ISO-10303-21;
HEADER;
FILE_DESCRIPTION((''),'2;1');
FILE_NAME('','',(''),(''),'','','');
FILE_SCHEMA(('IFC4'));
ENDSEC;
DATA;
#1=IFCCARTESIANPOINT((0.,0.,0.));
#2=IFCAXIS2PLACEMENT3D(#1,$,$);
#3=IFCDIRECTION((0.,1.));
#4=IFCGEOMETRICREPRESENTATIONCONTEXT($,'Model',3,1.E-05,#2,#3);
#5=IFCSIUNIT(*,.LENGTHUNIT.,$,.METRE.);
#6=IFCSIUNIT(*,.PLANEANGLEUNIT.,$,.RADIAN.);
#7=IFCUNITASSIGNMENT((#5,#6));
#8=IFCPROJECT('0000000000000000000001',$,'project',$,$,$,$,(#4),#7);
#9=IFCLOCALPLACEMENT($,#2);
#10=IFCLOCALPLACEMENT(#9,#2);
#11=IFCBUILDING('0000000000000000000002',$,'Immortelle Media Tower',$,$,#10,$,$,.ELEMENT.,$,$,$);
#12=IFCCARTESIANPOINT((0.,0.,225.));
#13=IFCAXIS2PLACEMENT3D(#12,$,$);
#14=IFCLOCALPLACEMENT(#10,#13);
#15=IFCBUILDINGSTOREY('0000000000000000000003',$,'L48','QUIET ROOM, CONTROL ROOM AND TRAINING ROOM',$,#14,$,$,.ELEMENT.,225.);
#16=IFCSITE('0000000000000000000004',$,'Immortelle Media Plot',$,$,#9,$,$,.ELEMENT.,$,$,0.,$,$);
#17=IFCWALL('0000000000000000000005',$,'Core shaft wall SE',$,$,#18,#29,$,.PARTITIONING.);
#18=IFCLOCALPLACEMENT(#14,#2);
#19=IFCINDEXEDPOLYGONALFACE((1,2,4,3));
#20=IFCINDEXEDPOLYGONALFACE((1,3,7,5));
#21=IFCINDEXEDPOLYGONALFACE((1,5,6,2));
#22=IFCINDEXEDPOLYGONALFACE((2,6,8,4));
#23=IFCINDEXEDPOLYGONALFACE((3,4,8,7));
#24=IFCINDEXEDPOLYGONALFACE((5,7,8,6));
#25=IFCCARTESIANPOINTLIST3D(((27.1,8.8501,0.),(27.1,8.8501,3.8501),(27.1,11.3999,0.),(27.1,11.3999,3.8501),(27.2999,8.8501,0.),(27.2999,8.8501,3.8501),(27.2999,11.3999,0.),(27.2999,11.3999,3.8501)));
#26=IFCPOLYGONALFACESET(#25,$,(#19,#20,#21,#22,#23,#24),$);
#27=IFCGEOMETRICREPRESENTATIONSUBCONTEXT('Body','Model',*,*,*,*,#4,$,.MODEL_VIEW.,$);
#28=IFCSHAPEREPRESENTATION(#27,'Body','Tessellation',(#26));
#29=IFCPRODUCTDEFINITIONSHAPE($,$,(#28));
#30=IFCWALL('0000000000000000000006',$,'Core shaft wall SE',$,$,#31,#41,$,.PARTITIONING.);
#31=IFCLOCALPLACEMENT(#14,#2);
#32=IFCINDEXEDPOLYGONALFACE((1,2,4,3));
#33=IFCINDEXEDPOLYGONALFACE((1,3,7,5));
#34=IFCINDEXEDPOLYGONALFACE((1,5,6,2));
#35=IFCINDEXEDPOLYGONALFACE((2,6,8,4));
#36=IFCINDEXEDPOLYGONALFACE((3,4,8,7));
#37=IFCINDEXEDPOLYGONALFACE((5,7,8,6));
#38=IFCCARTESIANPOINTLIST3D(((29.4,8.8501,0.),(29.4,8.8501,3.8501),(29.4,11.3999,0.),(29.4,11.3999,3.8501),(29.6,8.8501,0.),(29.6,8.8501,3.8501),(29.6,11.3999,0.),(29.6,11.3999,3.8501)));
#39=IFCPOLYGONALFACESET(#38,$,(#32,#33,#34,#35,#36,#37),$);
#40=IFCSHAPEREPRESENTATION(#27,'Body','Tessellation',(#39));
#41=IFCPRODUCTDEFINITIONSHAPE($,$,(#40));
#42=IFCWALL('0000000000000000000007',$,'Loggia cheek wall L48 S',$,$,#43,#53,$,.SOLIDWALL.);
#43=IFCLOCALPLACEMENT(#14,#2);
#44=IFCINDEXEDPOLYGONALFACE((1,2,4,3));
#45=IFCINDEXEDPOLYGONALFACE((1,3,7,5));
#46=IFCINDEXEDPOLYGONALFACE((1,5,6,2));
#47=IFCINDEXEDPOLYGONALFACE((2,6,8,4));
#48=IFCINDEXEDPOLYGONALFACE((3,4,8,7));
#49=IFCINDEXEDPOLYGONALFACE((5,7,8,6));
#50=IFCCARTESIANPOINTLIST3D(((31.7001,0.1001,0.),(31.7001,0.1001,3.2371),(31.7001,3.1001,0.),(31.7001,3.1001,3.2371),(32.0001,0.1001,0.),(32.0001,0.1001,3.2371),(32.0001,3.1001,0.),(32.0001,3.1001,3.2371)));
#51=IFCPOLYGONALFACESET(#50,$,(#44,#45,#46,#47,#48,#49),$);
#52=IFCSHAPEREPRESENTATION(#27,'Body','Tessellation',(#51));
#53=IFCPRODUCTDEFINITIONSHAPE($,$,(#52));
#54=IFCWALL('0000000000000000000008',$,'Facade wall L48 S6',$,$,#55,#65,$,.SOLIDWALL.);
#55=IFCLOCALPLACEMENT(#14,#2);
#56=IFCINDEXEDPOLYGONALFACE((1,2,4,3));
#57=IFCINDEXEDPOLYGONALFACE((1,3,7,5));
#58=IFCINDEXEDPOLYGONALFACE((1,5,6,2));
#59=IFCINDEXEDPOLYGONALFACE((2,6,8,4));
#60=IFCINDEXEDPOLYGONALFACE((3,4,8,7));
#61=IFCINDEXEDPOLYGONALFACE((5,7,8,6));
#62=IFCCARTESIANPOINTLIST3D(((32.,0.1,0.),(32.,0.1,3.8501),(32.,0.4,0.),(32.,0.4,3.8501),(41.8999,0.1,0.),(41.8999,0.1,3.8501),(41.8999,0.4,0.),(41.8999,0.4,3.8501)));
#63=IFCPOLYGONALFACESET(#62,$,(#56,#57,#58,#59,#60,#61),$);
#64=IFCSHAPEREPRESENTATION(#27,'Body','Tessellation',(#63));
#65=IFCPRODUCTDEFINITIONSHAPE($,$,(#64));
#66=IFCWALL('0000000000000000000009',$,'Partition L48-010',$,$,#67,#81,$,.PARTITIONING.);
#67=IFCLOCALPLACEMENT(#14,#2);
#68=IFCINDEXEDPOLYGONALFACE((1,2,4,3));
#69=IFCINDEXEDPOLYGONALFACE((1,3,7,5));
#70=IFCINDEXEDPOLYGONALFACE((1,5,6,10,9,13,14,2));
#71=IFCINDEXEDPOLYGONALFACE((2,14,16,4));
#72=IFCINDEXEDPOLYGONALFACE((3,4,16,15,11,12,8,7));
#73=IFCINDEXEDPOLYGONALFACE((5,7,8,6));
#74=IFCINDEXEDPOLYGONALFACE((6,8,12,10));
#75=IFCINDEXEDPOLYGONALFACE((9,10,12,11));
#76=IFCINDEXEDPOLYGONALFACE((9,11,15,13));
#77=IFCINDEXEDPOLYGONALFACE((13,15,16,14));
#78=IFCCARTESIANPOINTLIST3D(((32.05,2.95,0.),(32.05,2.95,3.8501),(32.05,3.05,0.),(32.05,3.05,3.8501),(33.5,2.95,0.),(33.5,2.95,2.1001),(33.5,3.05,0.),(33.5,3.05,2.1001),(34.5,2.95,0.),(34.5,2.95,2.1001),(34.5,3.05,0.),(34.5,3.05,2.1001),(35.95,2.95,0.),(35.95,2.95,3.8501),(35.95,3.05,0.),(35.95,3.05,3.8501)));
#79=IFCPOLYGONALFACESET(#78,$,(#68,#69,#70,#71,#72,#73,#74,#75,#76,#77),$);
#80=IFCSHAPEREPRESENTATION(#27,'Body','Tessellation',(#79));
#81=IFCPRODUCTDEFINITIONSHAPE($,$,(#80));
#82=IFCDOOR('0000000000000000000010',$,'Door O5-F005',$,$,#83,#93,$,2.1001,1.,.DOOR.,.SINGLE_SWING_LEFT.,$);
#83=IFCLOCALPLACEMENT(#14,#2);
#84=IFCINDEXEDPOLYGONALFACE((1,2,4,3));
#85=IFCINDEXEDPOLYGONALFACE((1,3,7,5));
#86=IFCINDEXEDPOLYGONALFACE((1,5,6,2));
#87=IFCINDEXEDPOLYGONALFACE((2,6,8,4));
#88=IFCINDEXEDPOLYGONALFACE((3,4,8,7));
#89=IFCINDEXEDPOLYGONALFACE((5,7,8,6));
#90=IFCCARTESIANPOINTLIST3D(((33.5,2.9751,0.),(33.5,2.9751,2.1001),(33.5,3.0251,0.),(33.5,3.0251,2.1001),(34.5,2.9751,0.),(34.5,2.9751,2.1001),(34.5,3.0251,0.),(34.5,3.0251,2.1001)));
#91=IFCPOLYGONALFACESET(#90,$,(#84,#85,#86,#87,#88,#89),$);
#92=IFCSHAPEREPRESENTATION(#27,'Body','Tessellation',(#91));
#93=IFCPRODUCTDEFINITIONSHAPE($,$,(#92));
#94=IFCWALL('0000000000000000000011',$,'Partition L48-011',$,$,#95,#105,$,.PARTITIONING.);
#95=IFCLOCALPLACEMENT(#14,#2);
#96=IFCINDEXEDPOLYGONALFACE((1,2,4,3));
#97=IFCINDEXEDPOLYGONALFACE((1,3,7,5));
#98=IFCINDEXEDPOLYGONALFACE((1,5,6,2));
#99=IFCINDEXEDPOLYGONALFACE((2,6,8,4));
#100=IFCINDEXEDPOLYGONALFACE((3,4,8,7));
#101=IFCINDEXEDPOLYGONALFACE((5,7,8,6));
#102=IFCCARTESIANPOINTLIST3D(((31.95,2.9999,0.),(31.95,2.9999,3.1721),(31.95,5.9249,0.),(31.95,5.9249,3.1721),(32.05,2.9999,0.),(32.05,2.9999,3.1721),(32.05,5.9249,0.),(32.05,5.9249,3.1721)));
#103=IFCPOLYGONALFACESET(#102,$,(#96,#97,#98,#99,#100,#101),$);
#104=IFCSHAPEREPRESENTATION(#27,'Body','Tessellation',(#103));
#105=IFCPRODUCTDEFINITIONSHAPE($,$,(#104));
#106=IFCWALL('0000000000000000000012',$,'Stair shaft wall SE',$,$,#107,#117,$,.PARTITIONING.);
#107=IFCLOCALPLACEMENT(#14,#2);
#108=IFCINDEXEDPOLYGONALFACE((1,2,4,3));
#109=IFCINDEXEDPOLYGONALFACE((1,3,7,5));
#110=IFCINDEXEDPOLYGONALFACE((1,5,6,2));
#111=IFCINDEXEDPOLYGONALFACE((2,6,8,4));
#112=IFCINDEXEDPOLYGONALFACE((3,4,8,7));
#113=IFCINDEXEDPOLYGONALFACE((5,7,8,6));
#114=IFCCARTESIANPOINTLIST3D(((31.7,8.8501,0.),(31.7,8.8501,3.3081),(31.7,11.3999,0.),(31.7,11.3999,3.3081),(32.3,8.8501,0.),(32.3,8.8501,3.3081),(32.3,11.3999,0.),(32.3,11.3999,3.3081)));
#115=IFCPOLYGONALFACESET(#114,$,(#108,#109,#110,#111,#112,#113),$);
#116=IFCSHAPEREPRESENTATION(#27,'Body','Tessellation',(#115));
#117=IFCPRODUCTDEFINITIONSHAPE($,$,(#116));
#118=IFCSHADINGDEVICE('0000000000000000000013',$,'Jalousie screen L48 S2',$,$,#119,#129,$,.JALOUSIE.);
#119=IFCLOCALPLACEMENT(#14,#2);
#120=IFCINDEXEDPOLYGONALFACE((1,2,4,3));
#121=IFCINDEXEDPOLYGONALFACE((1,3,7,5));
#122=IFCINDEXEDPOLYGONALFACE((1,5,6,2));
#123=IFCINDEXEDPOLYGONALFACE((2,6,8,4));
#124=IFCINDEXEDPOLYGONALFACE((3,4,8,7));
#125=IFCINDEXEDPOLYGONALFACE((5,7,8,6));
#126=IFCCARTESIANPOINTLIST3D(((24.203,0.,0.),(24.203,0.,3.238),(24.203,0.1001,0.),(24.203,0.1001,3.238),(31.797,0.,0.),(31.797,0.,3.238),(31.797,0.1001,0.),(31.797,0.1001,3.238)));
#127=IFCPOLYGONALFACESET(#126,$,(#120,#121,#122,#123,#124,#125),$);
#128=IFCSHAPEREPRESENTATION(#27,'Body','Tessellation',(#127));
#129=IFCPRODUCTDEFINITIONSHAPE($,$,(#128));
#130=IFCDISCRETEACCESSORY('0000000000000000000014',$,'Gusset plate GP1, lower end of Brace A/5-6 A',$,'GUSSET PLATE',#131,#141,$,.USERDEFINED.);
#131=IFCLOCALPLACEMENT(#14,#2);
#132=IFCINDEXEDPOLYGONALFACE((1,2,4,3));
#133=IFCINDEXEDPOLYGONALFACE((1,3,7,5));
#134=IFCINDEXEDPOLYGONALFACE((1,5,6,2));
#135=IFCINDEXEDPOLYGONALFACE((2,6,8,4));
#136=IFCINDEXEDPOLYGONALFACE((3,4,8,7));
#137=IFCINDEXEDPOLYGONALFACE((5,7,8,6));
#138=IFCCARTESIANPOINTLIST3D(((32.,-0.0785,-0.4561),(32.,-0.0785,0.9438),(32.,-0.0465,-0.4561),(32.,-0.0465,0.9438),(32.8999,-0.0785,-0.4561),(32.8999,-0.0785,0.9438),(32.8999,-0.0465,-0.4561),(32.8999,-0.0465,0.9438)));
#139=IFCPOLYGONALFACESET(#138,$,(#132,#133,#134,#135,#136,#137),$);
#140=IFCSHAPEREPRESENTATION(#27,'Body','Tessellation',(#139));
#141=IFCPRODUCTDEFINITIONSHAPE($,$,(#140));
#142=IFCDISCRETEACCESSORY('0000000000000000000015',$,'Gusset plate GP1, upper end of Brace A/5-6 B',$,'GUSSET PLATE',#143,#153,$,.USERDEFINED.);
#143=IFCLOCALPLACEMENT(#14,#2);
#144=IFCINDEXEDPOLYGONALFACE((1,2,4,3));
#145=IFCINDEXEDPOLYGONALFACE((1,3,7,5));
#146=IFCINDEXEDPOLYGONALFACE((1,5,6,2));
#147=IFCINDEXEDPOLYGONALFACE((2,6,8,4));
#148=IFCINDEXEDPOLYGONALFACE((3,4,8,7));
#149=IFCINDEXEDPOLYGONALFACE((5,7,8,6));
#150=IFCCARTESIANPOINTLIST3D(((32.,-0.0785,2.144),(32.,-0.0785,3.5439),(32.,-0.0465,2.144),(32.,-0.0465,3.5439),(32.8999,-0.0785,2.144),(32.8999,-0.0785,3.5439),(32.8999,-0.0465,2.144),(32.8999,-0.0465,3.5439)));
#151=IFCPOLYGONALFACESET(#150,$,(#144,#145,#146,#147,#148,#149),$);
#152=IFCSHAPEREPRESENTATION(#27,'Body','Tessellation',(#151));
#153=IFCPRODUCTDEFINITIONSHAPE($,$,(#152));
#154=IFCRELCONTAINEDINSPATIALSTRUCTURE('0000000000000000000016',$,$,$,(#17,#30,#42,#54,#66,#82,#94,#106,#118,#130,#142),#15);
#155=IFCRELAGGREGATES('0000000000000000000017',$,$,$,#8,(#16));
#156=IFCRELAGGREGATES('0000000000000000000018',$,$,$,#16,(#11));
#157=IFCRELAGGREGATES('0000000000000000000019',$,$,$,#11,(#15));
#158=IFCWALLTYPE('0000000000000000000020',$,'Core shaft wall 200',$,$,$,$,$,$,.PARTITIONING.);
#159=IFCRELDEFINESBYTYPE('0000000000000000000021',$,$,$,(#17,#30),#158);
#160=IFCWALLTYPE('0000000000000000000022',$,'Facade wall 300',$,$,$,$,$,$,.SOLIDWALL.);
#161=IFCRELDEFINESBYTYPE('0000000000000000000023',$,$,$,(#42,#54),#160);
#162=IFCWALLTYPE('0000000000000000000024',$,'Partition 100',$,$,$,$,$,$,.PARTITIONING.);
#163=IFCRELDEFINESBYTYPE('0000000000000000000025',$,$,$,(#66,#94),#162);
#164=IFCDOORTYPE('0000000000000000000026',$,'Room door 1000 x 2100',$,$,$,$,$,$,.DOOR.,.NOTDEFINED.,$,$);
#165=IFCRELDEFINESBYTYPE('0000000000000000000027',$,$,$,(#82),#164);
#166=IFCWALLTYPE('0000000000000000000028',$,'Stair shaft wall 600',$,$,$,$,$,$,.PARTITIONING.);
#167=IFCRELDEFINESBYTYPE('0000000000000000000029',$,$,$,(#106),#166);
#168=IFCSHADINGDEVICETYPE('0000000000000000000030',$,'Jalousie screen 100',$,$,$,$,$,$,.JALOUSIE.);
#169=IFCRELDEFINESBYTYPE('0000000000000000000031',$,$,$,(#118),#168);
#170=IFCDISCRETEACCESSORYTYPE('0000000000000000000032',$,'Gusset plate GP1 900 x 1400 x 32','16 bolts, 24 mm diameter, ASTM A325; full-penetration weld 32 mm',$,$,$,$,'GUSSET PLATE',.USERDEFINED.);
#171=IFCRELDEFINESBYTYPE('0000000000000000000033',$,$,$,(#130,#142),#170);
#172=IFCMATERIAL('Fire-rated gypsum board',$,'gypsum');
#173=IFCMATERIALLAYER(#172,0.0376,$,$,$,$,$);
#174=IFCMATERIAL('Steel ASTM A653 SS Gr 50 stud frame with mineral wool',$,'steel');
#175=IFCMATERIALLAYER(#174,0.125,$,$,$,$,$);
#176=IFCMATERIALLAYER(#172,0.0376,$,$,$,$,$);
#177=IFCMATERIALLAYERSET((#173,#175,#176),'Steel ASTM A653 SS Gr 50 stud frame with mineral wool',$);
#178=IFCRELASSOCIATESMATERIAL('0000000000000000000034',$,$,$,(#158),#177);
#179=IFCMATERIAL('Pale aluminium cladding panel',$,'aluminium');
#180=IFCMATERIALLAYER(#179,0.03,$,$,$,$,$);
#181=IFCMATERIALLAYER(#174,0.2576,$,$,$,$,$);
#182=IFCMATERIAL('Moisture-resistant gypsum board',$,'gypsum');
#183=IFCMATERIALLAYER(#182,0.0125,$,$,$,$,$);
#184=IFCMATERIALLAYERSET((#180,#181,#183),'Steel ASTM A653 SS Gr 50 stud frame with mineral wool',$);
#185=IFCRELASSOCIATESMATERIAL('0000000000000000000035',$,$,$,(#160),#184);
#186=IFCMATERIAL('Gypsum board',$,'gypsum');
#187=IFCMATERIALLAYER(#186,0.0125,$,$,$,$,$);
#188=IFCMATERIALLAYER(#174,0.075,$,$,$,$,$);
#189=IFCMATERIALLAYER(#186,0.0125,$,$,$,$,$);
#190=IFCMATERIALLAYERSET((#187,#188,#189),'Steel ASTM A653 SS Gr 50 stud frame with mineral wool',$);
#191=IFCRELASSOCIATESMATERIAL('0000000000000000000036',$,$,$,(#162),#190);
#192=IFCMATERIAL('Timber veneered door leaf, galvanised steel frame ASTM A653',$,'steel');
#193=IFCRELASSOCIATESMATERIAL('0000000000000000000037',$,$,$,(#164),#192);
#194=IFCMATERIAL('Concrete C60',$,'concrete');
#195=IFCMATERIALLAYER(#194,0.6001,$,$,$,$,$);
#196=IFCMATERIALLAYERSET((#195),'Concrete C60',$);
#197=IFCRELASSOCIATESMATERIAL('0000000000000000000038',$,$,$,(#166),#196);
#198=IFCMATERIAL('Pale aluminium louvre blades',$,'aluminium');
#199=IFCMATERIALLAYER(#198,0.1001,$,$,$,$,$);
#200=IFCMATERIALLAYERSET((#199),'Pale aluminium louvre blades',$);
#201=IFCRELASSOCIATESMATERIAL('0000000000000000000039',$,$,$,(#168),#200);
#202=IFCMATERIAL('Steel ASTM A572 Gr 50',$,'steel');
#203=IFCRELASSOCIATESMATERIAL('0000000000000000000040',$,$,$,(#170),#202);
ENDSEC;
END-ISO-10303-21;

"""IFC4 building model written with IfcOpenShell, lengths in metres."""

from ifc_helpers import new_model, si_unit, direction, frame, frame_2d, origin, origin_2d, place, context, subcontext, project, spatial, rectangle, extrude, material, layer, layer_set, material_profile, profile_set, type_object, element, fill, save


model = new_model("IFC4")

# Units and contexts
model_context = context("Model", 3, precision=1e-05, world=origin(), true_north=direction((0.0, 1.0)))
body_context = subcontext(model_context, "Body", "Model", "MODEL_VIEW")
ifc_project = project(units=[si_unit("LENGTHUNIT", "METRE"), si_unit("PLANEANGLEUNIT", "RADIAN")], contexts=[model_context])

# Site, building, storey
site_placement = place(None, origin())
site = spatial("IfcSite", under=ifc_project, at=site_placement, Name="Immortelle Media Plot", CompositionType="ELEMENT", RefElevation=0.0)
building_placement = place(site_placement, origin())
building = spatial("IfcBuilding", under=site, at=building_placement, Name="Immortelle Media Tower", CompositionType="ELEMENT")
storey_placement = place(building_placement, frame((0.0, 0.0, 225.0)))
storey = spatial("IfcBuildingStorey", under=building, at=storey_placement, Name="L48", Description="QUIET ROOM, CONTROL ROOM AND TRAINING ROOM", CompositionType="ELEMENT", Elevation=225.0)

# Walls
ifc_material_1 = material(Name="Fire-rated gypsum board", Category="gypsum")
ifc_layer_1 = layer(ifc_material_1, 0.0376)
ifc_material_2 = material(Name="Steel ASTM A653 SS Gr 50 stud frame with mineral wool", Category="steel")
ifc_layer_2 = layer(ifc_material_2, 0.125)
ifc_layer_3 = layer(ifc_material_1, 0.0376)
ifc_layer_set_1 = layer_set([ifc_layer_1, ifc_layer_2, ifc_layer_3], Name="Steel ASTM A653 SS Gr 50 stud frame with mineral wool")
wall_type_1 = type_object("IfcWallType", Name="Core shaft wall 200", PredefinedType="PARTITIONING", material=ifc_layer_set_1)
for number, where, z_axis, x_axis, name in (
    (1, (27.2, 8.8501, 0.0), (0.0, 0.0, 1.0), (0.0, 1.0, 0.0), "Core shaft wall SE"),
    (2, (29.5, 8.8501, 0.0), (0.0, 0.0, 1.0), (0.0, 1.0, 0.0), "Core shaft wall SE"),
):
    element("IfcWall", number, at=place(storey_placement, frame(where, z_axis=z_axis, x_axis=x_axis)), inside=storey, type_object=wall_type_1, Name=name, PredefinedType="PARTITIONING", context=body_context, shape_type="SweptSolid", body=[
        extrude(rectangle(XDim=2.5498, YDim=0.2, at=frame_2d((1.2749, 0.0))), origin(), (0.0, 0.0, 1.0), 3.8501),
    ])
ifc_material_3 = material(Name="Pale aluminium cladding panel", Category="aluminium")
ifc_layer_4 = layer(ifc_material_3, 0.03)
ifc_layer_5 = layer(ifc_material_2, 0.2576)
ifc_material_4 = material(Name="Moisture-resistant gypsum board", Category="gypsum")
ifc_layer_6 = layer(ifc_material_4, 0.0125)
ifc_layer_set_2 = layer_set([ifc_layer_4, ifc_layer_5, ifc_layer_6], Name="Steel ASTM A653 SS Gr 50 stud frame with mineral wool")
wall_type_2 = type_object("IfcWallType", Name="Facade wall 300", PredefinedType="SOLIDWALL", material=ifc_layer_set_2)
wall_1_placement = place(storey_placement, frame((31.8501, 0.1001, 0.0), z_axis=(0.0, 0.0, 1.0), x_axis=(0.0, 1.0, 0.0)))
element("IfcWall", 3, at=wall_1_placement, inside=storey, type_object=wall_type_2, Name="Loggia cheek wall L48 S", PredefinedType="SOLIDWALL", context=body_context, shape_type="SweptSolid", body=[
    extrude(rectangle(XDim=3.0, YDim=0.3, at=frame_2d((1.5, 0.0))), origin(), (0.0, 0.0, 1.0), 3.2371),
])
wall_2_placement = place(storey_placement, frame((32.0, 0.25, 0.0), z_axis=(0.0, 0.0, 1.0), x_axis=(1.0, 0.0, 0.0)))
element("IfcWall", 4, at=wall_2_placement, inside=storey, type_object=wall_type_2, Name="Facade wall L48 S6", PredefinedType="SOLIDWALL", context=body_context, shape_type="SweptSolid", body=[
    extrude(rectangle(XDim=9.8999, YDim=0.3, at=frame_2d((4.95, 0.0))), origin(), (0.0, 0.0, 1.0), 3.8501),
])

# Wall, opening, door
ifc_material_5 = material(Name="Gypsum board", Category="gypsum")
ifc_layer_7 = layer(ifc_material_5, 0.0125)
ifc_layer_8 = layer(ifc_material_2, 0.075)
ifc_layer_9 = layer(ifc_material_5, 0.0125)
ifc_layer_set_3 = layer_set([ifc_layer_7, ifc_layer_8, ifc_layer_9], Name="Steel ASTM A653 SS Gr 50 stud frame with mineral wool")
wall_type_3 = type_object("IfcWallType", Name="Partition 100", PredefinedType="PARTITIONING", material=ifc_layer_set_3)
wall_3_placement = place(storey_placement, frame((32.05, 3.0, 0.0), z_axis=(0.0, 0.0, 1.0), x_axis=(1.0, 0.0, 0.0)))
wall_3 = element("IfcWall", 5, at=wall_3_placement, inside=storey, type_object=wall_type_3, Name="Partition L48-010", PredefinedType="PARTITIONING", context=body_context, shape_type="SweptSolid", body=[
    extrude(rectangle(XDim=3.8999, YDim=0.1001, at=frame_2d((1.95, 0.0))), origin(), (0.0, 0.0, 1.0), 3.8501),
])
opening_placement = place(wall_3_placement, frame((2.45, 0.0, 0.0), z_axis=(0.0, 0.0, 1.0), x_axis=(-1.0, 0.0, 0.0)))
opening = element("IfcOpeningElement", 6, at=opening_placement, cuts=wall_3, PredefinedType="OPENING", context=body_context, shape_type="SweptSolid", body=[
    extrude(rectangle(XDim=1.0, YDim=2.1001, at=frame_2d((0.5, 1.05))), frame((0.0, 0.0601, 0.0), z_axis=(0.0, -1.0, 0.0), x_axis=(1.0, 0.0, 0.0)), (0.0, 0.0, 1.0), 0.1201),
])
ifc_material_6 = material(Name="Timber veneered door leaf, galvanised steel frame ASTM A653", Category="steel")
door_type = type_object("IfcDoorType", Name="Room door 1000 x 2100", OperationType="NOTDEFINED", PredefinedType="DOOR", material=ifc_material_6)
door_placement = place(opening_placement, origin())
door = element("IfcDoor", 7, at=door_placement, inside=storey, type_object=door_type, Name="Door O5-F005", OperationType="SINGLE_SWING_LEFT", OverallHeight=2.1001, OverallWidth=1.0, PredefinedType="DOOR", context=body_context, shape_type="SweptSolid", body=[
    extrude(rectangle(XDim=1.0, YDim=2.1001, at=frame_2d((0.5, 1.05))), frame((0.0, 0.0249, 0.0), z_axis=(0.0, -1.0, 0.0), x_axis=(1.0, 0.0, 0.0)), (0.0, 0.0, 1.0), 0.05),
])
fill(opening, door)

# Walls
wall_4_placement = place(storey_placement, frame((32.0, 3.0, 0.0), z_axis=(0.0, 0.0, 1.0), x_axis=(0.0, 1.0, 0.0)))
element("IfcWall", 8, at=wall_4_placement, inside=storey, type_object=wall_type_3, Name="Partition L48-011", PredefinedType="PARTITIONING", context=body_context, shape_type="SweptSolid", body=[
    extrude(rectangle(XDim=2.925, YDim=0.1001, at=frame_2d((1.4624, 0.0))), origin(), (0.0, 0.0, 1.0), 3.1721),
])
ifc_material_7 = material(Name="Concrete C60", Category="concrete")
ifc_layer_10 = layer(ifc_material_7, 0.6001)
ifc_layer_set_4 = layer_set([ifc_layer_10], Name="Concrete C60")
wall_type_4 = type_object("IfcWallType", Name="Stair shaft wall 600", PredefinedType="PARTITIONING", material=ifc_layer_set_4)
wall_5_placement = place(storey_placement, frame((32.0, 8.8501, 0.0), z_axis=(0.0, 0.0, 1.0), x_axis=(0.0, 1.0, 0.0)))
element("IfcWall", 9, at=wall_5_placement, inside=storey, type_object=wall_type_4, Name="Stair shaft wall SE", PredefinedType="PARTITIONING", context=body_context, shape_type="SweptSolid", body=[
    extrude(rectangle(XDim=2.5498, YDim=0.6001, at=frame_2d((1.2749, 0.0))), origin(), (0.0, 0.0, 1.0), 3.3081),
])

# Shading device
ifc_material_8 = material(Name="Pale aluminium louvre blades", Category="aluminium")
ifc_layer_11 = layer(ifc_material_8, 0.1001)
ifc_layer_set_5 = layer_set([ifc_layer_11], Name="Pale aluminium louvre blades")
shading_device_type = type_object("IfcShadingDeviceType", Name="Jalousie screen 100", PredefinedType="JALOUSIE", material=ifc_layer_set_5)
shading_device_placement = place(storey_placement, frame((28.0, 0.05, 0.0), z_axis=(0.0, 0.0, 1.0), x_axis=(1.0, 0.0, 0.0)))
element("IfcShadingDevice", 10, at=shading_device_placement, inside=storey, type_object=shading_device_type, Name="Jalousie screen L48 S2", PredefinedType="JALOUSIE", context=body_context, shape_type="SweptSolid", body=[
    extrude(rectangle(XDim=7.594, YDim=0.1001, at=origin_2d()), origin(), (0.0, 0.0, 1.0), 3.238),
])

# Discrete accessories
ifc_material_9 = material(Name="Steel ASTM A572 Gr 50", Category="steel")
ifc_material_profile_1 = material_profile(ifc_material_9, rectangle(XDim=0.032, YDim=1.3999, at=origin_2d()), Name="PL 32 x 1400")
ifc_profile_set_1 = profile_set([ifc_material_profile_1], Name="Steel ASTM A572 Gr 50")
discrete_accessory_type = type_object("IfcDiscreteAccessoryType", Name="Gusset plate GP1 900 x 1400 x 32", Description="16 bolts, 24 mm diameter, ASTM A325; full-penetration weld 32 mm", ElementType="GUSSET PLATE", PredefinedType="USERDEFINED", material=ifc_profile_set_1)
for number, where, z_axis, x_axis, name in (
    (11, (32.0, -0.0625, 0.2439), (1.0, 0.0, 0.0), (0.0, 1.0, 0.0), "Gusset plate GP1, lower end of Brace A/5-6 A"),
    (12, (32.0, -0.0625, 2.844), (1.0, 0.0, 0.0), (0.0, 1.0, 0.0), "Gusset plate GP1, upper end of Brace A/5-6 B"),
):
    element("IfcDiscreteAccessory", number, at=place(storey_placement, frame(where, z_axis=z_axis, x_axis=x_axis)), inside=storey, type_object=discrete_accessory_type, Name=name, ObjectType="GUSSET PLATE", PredefinedType="USERDEFINED", context=body_context, shape_type="SweptSolid", body=[
        extrude(rectangle(XDim=0.032, YDim=1.3999, at=origin_2d()), origin(), (0.0, 0.0, 1.0), 0.8999),
    ])

save(model, "model.ifc")
